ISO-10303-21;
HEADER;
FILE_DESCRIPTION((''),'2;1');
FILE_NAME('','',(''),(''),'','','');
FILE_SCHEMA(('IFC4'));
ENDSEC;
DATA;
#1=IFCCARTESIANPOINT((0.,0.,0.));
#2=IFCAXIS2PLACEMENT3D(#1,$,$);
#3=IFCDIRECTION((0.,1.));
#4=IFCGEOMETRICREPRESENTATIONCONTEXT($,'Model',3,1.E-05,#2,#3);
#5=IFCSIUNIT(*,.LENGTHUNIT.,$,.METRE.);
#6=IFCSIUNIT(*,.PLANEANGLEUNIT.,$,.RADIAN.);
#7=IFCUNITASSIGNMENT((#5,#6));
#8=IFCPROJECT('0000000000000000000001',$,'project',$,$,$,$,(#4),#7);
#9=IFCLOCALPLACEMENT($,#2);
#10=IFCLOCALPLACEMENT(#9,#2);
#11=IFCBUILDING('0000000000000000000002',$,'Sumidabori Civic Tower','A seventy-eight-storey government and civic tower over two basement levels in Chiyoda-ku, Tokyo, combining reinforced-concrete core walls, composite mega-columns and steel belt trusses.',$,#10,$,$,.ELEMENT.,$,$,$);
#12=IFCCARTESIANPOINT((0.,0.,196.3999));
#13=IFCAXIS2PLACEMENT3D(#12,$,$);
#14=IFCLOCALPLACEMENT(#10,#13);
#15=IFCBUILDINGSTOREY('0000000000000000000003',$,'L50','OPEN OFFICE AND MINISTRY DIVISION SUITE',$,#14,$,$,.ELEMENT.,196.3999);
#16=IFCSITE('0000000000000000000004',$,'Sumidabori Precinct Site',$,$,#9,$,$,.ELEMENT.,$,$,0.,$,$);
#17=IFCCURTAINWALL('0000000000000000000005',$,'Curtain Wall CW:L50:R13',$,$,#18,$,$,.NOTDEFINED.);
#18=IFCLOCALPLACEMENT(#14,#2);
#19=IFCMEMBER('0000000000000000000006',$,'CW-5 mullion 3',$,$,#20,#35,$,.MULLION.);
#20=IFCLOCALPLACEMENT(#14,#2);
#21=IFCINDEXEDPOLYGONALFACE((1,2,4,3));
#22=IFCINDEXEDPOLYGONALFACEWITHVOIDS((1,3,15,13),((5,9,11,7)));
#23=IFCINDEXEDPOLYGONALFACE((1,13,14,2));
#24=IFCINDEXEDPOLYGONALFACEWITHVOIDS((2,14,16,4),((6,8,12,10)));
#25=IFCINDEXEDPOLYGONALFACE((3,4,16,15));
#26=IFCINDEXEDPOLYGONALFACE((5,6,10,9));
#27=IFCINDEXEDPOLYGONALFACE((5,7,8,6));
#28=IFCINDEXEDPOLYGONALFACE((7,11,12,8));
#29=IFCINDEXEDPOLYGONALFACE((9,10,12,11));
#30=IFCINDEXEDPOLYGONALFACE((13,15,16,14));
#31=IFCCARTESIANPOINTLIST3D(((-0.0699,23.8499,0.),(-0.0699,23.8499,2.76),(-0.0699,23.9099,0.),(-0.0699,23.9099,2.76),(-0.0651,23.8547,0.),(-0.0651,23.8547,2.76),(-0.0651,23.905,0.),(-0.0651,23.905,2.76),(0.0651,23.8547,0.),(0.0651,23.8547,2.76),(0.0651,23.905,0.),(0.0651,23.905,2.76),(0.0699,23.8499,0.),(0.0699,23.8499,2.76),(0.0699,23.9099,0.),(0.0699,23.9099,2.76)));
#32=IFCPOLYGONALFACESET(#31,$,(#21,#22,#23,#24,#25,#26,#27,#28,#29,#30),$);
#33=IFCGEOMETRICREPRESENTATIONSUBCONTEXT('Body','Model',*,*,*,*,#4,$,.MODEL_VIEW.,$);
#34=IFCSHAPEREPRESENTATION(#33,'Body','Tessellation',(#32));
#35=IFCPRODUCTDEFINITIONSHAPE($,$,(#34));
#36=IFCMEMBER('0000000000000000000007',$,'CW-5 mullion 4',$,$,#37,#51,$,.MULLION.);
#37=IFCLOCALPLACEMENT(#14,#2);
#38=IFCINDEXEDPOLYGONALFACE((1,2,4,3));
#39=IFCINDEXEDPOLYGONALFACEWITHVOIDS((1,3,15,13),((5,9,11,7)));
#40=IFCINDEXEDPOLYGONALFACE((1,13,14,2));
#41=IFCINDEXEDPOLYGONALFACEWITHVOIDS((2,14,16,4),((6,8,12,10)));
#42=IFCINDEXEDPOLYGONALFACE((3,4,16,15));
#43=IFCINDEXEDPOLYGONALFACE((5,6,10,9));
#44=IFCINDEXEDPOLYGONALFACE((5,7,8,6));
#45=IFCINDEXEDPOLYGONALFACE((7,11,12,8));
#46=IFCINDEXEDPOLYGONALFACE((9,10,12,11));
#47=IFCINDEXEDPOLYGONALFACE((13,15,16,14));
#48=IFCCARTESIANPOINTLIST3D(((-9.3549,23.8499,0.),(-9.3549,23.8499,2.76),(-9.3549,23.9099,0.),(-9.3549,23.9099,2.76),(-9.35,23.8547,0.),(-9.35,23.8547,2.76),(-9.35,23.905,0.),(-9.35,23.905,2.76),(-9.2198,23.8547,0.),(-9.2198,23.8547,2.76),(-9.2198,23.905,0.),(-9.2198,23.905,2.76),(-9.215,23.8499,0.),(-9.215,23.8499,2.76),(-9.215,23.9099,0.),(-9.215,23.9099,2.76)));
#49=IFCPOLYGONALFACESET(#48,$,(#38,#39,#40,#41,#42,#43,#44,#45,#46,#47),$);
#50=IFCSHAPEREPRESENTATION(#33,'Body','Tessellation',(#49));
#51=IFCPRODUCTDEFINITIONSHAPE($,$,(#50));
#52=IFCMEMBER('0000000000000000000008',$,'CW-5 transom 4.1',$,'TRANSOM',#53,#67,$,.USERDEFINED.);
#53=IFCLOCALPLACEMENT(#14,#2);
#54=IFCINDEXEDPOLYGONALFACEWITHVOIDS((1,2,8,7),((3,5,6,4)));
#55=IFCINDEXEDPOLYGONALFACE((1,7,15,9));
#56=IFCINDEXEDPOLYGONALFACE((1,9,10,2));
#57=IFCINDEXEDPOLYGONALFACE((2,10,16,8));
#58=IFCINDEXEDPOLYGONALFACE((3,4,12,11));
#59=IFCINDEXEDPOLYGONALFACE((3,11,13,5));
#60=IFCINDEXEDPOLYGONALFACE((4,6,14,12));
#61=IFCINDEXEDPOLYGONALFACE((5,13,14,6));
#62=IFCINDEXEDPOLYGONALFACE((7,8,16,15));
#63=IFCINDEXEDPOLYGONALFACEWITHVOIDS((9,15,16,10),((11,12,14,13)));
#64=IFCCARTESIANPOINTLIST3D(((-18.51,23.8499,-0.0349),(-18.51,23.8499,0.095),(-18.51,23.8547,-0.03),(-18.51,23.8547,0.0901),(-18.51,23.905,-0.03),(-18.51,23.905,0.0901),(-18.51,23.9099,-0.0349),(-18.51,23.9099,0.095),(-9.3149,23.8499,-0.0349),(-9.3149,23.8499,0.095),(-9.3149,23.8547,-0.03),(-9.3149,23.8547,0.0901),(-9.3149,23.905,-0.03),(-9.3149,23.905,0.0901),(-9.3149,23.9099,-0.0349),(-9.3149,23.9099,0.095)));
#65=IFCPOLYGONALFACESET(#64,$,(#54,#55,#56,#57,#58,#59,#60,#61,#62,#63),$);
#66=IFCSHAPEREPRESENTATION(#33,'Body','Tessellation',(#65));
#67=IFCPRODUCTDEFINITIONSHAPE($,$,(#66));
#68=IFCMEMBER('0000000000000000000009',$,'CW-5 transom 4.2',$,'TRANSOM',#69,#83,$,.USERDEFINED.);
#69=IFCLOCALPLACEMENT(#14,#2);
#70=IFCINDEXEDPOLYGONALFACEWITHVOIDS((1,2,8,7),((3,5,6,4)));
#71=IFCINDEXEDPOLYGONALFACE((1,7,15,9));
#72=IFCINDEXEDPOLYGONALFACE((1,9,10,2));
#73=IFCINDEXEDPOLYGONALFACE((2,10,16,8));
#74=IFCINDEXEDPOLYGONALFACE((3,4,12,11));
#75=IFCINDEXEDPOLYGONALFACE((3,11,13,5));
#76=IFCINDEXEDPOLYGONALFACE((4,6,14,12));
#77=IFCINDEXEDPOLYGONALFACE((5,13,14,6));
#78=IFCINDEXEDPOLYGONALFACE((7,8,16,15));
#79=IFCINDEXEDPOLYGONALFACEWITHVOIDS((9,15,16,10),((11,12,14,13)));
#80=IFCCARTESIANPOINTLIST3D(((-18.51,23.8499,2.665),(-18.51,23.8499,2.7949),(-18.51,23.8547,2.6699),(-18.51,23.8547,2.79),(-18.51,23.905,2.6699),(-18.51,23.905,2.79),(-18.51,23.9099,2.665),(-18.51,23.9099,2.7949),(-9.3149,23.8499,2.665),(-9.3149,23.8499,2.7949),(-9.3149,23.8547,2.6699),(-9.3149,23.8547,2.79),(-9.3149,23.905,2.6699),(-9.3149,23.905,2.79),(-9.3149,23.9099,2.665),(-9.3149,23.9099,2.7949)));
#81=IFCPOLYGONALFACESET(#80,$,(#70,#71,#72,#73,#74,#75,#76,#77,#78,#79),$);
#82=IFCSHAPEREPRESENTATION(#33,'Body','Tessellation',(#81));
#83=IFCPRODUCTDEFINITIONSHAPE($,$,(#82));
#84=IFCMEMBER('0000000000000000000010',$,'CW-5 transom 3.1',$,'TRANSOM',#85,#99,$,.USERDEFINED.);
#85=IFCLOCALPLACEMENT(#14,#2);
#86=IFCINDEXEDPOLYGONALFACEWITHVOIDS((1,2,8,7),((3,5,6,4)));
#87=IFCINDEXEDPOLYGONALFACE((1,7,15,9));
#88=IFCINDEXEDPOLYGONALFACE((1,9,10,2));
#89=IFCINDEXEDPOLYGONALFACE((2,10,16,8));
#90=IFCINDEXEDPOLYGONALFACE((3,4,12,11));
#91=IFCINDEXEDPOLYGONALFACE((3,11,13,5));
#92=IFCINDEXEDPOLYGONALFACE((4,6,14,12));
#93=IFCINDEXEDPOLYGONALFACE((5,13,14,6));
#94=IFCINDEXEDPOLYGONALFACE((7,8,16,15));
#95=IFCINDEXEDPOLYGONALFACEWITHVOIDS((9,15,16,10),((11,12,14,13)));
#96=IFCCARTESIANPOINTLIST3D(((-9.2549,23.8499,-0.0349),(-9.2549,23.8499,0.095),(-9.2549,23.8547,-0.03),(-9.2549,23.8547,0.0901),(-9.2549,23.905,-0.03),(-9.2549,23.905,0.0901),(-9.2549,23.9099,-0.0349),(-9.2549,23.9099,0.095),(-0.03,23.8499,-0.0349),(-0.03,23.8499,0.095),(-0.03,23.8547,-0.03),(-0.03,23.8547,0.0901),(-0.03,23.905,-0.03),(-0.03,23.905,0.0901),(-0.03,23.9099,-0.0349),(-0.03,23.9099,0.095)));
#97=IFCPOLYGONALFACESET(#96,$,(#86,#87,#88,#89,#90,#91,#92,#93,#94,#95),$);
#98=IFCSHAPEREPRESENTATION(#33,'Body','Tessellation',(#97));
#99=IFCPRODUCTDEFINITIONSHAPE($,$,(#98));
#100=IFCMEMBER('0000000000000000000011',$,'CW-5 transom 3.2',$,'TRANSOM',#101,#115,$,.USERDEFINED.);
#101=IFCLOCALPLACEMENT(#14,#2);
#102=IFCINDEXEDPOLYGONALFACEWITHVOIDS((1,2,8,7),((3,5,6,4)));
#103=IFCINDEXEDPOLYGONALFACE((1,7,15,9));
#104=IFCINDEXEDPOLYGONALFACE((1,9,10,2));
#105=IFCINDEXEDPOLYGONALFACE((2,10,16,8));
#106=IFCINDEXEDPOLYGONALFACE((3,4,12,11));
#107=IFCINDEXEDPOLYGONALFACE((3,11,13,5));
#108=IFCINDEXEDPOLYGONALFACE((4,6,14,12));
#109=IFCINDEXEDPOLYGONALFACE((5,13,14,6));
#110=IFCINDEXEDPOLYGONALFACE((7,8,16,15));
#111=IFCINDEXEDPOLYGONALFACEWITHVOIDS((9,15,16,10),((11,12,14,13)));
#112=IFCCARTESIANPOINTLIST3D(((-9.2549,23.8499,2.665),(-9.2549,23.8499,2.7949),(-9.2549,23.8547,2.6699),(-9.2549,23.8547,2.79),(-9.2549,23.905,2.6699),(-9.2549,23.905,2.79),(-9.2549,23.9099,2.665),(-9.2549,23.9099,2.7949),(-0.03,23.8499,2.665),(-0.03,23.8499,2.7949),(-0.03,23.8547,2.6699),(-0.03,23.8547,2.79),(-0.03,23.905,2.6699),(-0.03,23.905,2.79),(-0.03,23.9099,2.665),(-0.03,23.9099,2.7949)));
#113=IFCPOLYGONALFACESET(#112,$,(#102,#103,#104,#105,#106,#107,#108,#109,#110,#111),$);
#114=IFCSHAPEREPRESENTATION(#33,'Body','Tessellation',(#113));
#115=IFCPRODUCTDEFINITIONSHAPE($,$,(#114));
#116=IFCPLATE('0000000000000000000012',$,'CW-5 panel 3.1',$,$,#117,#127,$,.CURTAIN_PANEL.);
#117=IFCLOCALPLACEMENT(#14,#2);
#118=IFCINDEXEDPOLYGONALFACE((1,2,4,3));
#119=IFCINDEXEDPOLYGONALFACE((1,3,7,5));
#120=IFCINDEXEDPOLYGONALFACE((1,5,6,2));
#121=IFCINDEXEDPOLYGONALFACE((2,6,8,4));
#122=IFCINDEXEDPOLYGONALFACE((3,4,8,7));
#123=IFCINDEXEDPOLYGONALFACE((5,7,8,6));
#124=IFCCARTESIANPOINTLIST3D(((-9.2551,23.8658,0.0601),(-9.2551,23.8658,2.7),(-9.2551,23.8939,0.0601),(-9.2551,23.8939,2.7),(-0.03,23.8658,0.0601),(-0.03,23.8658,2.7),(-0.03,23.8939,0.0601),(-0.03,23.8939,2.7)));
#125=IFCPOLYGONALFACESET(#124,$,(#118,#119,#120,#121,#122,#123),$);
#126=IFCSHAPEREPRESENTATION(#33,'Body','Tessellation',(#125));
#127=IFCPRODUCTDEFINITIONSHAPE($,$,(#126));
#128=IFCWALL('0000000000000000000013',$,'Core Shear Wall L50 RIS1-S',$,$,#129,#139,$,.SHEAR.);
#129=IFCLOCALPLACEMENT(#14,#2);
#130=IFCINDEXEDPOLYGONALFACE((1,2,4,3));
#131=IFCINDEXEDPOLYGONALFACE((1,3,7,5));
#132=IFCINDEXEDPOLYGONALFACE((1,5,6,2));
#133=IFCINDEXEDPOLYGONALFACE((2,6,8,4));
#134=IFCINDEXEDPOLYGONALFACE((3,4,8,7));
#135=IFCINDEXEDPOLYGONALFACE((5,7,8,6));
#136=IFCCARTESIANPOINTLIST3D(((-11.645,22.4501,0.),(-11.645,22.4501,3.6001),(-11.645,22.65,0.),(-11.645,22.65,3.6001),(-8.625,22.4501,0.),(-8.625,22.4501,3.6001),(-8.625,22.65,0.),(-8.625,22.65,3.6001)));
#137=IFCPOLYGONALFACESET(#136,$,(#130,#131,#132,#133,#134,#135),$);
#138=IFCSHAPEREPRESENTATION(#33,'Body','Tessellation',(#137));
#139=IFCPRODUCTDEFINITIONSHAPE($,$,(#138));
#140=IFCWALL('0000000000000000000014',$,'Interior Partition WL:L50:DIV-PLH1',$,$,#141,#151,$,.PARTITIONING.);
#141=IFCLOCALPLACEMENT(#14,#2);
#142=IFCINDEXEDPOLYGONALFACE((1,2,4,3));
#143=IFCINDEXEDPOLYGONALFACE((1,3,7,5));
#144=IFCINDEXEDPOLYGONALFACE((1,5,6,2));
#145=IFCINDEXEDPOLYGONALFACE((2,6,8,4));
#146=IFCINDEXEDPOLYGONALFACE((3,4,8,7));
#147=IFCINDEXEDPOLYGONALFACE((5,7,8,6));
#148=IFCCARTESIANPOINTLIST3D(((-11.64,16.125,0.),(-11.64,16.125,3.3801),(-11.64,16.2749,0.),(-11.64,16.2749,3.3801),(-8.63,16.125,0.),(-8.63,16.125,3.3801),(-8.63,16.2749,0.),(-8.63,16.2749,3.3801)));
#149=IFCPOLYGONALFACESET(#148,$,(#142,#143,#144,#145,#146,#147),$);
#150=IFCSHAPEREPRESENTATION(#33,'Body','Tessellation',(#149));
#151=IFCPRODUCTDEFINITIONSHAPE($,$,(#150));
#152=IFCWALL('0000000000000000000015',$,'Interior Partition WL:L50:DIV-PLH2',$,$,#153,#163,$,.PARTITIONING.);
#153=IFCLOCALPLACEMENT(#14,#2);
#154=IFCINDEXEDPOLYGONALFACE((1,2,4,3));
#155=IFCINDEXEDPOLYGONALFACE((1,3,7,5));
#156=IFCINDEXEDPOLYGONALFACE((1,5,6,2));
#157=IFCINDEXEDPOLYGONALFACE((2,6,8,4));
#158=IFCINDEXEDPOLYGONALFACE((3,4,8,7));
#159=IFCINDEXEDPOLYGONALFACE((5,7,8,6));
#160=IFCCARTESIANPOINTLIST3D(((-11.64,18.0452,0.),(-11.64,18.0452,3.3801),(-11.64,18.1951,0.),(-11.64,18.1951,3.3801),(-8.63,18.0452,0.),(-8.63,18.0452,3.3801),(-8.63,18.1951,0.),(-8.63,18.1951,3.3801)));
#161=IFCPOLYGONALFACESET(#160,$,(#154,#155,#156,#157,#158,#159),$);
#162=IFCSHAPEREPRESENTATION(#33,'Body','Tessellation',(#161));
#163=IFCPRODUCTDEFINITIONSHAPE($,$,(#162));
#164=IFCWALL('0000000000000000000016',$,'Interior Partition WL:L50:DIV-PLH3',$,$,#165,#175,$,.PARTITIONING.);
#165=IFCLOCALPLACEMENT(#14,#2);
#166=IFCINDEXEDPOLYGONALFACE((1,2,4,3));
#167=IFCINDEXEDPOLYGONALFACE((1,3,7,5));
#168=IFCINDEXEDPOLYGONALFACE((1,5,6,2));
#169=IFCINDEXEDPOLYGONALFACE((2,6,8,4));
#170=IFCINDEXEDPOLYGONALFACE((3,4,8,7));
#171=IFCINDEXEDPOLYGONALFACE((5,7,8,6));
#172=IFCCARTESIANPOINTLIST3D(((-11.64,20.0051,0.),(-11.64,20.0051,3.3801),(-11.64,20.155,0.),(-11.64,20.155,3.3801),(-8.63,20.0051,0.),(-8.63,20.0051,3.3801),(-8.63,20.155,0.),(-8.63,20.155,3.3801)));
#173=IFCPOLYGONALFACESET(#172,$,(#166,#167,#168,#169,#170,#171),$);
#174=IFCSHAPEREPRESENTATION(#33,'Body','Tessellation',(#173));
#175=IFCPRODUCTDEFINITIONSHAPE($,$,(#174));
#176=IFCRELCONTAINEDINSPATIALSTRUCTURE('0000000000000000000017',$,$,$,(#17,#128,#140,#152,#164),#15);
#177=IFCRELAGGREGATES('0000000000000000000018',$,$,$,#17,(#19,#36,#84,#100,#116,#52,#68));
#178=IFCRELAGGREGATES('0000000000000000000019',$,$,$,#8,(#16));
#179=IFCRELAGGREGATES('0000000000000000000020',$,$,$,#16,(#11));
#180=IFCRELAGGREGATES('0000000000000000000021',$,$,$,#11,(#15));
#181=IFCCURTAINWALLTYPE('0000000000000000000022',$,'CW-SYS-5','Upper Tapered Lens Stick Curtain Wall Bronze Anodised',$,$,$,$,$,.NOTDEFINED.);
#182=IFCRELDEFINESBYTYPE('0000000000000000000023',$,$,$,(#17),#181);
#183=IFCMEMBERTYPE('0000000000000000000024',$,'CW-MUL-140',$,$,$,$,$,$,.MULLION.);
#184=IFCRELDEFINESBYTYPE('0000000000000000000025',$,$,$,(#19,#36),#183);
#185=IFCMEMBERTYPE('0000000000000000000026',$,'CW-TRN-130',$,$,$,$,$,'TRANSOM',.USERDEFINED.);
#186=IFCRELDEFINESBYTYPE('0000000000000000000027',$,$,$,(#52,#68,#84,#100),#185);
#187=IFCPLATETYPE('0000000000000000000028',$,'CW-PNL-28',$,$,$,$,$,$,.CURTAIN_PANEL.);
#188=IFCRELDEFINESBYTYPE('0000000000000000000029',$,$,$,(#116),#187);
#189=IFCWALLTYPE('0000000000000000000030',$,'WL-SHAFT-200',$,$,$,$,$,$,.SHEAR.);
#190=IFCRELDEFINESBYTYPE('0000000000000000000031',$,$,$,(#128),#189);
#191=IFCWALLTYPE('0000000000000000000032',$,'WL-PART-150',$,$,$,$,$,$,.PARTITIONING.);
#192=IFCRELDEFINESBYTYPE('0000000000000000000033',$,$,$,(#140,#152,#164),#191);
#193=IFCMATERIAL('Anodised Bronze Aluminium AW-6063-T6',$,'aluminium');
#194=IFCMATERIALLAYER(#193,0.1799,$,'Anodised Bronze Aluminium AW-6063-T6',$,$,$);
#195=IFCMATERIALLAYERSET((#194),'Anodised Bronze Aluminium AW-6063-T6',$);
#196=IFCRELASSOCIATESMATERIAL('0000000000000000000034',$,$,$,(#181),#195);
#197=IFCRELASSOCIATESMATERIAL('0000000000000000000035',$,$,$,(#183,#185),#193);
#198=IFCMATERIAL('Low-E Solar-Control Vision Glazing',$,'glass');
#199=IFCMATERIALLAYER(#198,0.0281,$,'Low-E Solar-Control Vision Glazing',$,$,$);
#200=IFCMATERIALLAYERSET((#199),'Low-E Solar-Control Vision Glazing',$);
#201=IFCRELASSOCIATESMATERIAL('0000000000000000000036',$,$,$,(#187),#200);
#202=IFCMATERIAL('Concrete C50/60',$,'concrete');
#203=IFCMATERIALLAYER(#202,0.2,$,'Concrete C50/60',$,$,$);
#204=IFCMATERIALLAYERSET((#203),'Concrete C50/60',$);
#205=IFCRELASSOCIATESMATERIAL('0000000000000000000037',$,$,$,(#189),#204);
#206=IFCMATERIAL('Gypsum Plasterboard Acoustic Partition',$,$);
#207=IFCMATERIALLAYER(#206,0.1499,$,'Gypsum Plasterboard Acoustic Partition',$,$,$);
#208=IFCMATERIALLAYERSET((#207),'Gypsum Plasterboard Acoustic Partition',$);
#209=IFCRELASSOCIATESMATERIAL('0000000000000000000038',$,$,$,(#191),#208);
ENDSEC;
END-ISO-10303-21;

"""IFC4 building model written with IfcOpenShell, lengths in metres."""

from ifc_helpers import new_model, si_unit, direction, frame, frame_2d, origin, origin_2d, place, context, subcontext, project, spatial, rectangle, hollow_rectangle, extrude, source, transform, mapped, material, layer, layer_set, material_profile, profile_set, type_object, element, aggregate, save


model = new_model("IFC4")

# Units and contexts
model_context = context("Model", 3, precision=1e-05, world=origin(), true_north=direction((0.0, 1.0)))
body_context = subcontext(model_context, "Body", "Model", "MODEL_VIEW")
ifc_project = project(units=[si_unit("LENGTHUNIT", "METRE"), si_unit("PLANEANGLEUNIT", "RADIAN")], contexts=[model_context])

# Site, building, storey
site_placement = place(None, origin())
site = spatial("IfcSite", under=ifc_project, at=site_placement, Name="Sumidabori Precinct Site", CompositionType="ELEMENT", RefElevation=0.0)
building_placement = place(site_placement, origin())
building = spatial("IfcBuilding", under=site, at=building_placement, Name="Sumidabori Civic Tower", Description="A seventy-eight-storey government and civic tower over two basement levels in Chiyoda-ku, Tokyo, combining reinforced-concrete core walls, composite mega-columns and steel belt trusses.", CompositionType="ELEMENT")
storey_placement = place(building_placement, frame((0.0, 0.0, 196.3999)))
storey = spatial("IfcBuildingStorey", under=building, at=storey_placement, Name="L50", Description="OPEN OFFICE AND MINISTRY DIVISION SUITE", CompositionType="ELEMENT", Elevation=196.3999)

# Curtain wall, members, plate
ifc_material_1 = material(Name="Anodised Bronze Aluminium AW-6063-T6", Category="aluminium")
ifc_layer_1 = layer(ifc_material_1, 0.1799, Name="Anodised Bronze Aluminium AW-6063-T6")
ifc_layer_set_1 = layer_set([ifc_layer_1], Name="Anodised Bronze Aluminium AW-6063-T6")
curtain_wall_type = type_object("IfcCurtainWallType", Name="CW-SYS-5", Description="Upper Tapered Lens Stick Curtain Wall Bronze Anodised", PredefinedType="NOTDEFINED", material=ifc_layer_set_1)
curtain_wall_placement = place(storey_placement, origin())
curtain_wall = element("IfcCurtainWall", 1, at=curtain_wall_placement, inside=storey, type_object=curtain_wall_type, Name="Curtain Wall CW:L50:R13", PredefinedType="NOTDEFINED")
ifc_material_profile_1 = material_profile(ifc_material_1, hollow_rectangle(XDim=0.0601, YDim=0.1399, WallThickness=0.0049, at=origin_2d()), Name="ALU MULLION 140x60")
ifc_profile_set_1 = profile_set([ifc_material_profile_1], Name="Anodised Bronze Aluminium AW-6063-T6")
member_type_1 = type_object("IfcMemberType", Name="CW-MUL-140", PredefinedType="MULLION", material=ifc_profile_set_1)
shared_shape_1 = source(origin(), body_context, "Body", "SweptSolid", [
    extrude(hollow_rectangle(XDim=0.0601, YDim=0.1399, WallThickness=0.0049, at=origin_2d()), origin(), (0.0, 0.0, 1.0), 2.76),
])
member_1_placement = place(storey_placement, frame((0.0, 23.8799, 0.0), z_axis=(0.0, 0.0, 1.0), x_axis=(0.0, -1.0, 0.0)))
member_1 = element("IfcMember", 2, at=member_1_placement, type_object=member_type_1, Name="CW-5 mullion 3", PredefinedType="MULLION", context=body_context, shape_type="MappedRepresentation", body=[
    mapped(shared_shape_1, transform((0.0, 0.0, 0.0), x_axis=(1.0, 0.0, 0.0), y_axis=(0.0, 1.0, 0.0), z_axis=(0.0, 0.0, 1.0), scale=1.0)),
])
member_2_placement = place(storey_placement, frame((-9.2849, 23.8799, 0.0), z_axis=(0.0, 0.0, 1.0), x_axis=(0.0, -1.0, 0.0)))
member_2 = element("IfcMember", 3, at=member_2_placement, type_object=member_type_1, Name="CW-5 mullion 4", PredefinedType="MULLION", context=body_context, shape_type="MappedRepresentation", body=[
    mapped(shared_shape_1, transform((0.0, 0.0, 0.0), x_axis=(1.0, 0.0, 0.0), y_axis=(0.0, 1.0, 0.0), z_axis=(0.0, 0.0, 1.0), scale=1.0)),
])
ifc_material_profile_2 = material_profile(ifc_material_1, hollow_rectangle(XDim=0.0601, YDim=0.1299, WallThickness=0.0049, at=origin_2d()), Name="ALU TRANSOM 130x60")
ifc_profile_set_2 = profile_set([ifc_material_profile_2], Name="Anodised Bronze Aluminium AW-6063-T6")
member_type_2 = type_object("IfcMemberType", Name="CW-TRN-130", ElementType="TRANSOM", PredefinedType="USERDEFINED", material=ifc_profile_set_2)
shared_shape_2 = source(origin(), body_context, "Body", "SweptSolid", [
    extrude(hollow_rectangle(XDim=0.0601, YDim=0.1299, WallThickness=0.0049, at=origin_2d()), origin(), (0.0, 0.0, 1.0), 9.1951),
])
member_3_placement = place(storey_placement, frame((-9.3149, 23.8799, 0.03), z_axis=(-1.0, 0.0, 0.0), x_axis=(0.0, -1.0, 0.0)))
member_3 = element("IfcMember", 4, at=member_3_placement, type_object=member_type_2, Name="CW-5 transom 4.1", ObjectType="TRANSOM", PredefinedType="USERDEFINED", context=body_context, shape_type="MappedRepresentation", body=[
    mapped(shared_shape_2, transform((0.0, 0.0, 0.0), x_axis=(1.0, 0.0, 0.0), y_axis=(0.0, 1.0, 0.0), z_axis=(0.0, 0.0, 1.0), scale=1.0)),
])
member_4_placement = place(storey_placement, frame((-9.3149, 23.8799, 2.73), z_axis=(-1.0, 0.0, 0.0), x_axis=(0.0, -1.0, 0.0)))
member_4 = element("IfcMember", 5, at=member_4_placement, type_object=member_type_2, Name="CW-5 transom 4.2", ObjectType="TRANSOM", PredefinedType="USERDEFINED", context=body_context, shape_type="MappedRepresentation", body=[
    mapped(shared_shape_2, transform((0.0, 0.0, 0.0), x_axis=(1.0, 0.0, 0.0), y_axis=(0.0, 1.0, 0.0), z_axis=(0.0, 0.0, 1.0), scale=1.0)),
])
shared_shape_3 = source(origin(), body_context, "Body", "SweptSolid", [
    extrude(hollow_rectangle(XDim=0.0601, YDim=0.1299, WallThickness=0.0049, at=origin_2d()), origin(), (0.0, 0.0, 1.0), 9.2249),
])
member_5_placement = place(storey_placement, frame((-0.03, 23.8799, 0.03), z_axis=(-1.0, 0.0, 0.0), x_axis=(0.0, -1.0, 0.0)))
member_5 = element("IfcMember", 6, at=member_5_placement, type_object=member_type_2, Name="CW-5 transom 3.1", ObjectType="TRANSOM", PredefinedType="USERDEFINED", context=body_context, shape_type="MappedRepresentation", body=[
    mapped(shared_shape_3, transform((0.0, 0.0, 0.0), x_axis=(1.0, 0.0, 0.0), y_axis=(0.0, 1.0, 0.0), z_axis=(0.0, 0.0, 1.0), scale=1.0)),
])
member_6_placement = place(storey_placement, frame((-0.03, 23.8799, 2.73), z_axis=(-1.0, 0.0, 0.0), x_axis=(0.0, -1.0, 0.0)))
member_6 = element("IfcMember", 7, at=member_6_placement, type_object=member_type_2, Name="CW-5 transom 3.2", ObjectType="TRANSOM", PredefinedType="USERDEFINED", context=body_context, shape_type="MappedRepresentation", body=[
    mapped(shared_shape_3, transform((0.0, 0.0, 0.0), x_axis=(1.0, 0.0, 0.0), y_axis=(0.0, 1.0, 0.0), z_axis=(0.0, 0.0, 1.0), scale=1.0)),
])
ifc_material_2 = material(Name="Low-E Solar-Control Vision Glazing", Category="glass")
ifc_layer_2 = layer(ifc_material_2, 0.0281, Name="Low-E Solar-Control Vision Glazing")
ifc_layer_set_2 = layer_set([ifc_layer_2], Name="Low-E Solar-Control Vision Glazing")
plate_type = type_object("IfcPlateType", Name="CW-PNL-28", PredefinedType="CURTAIN_PANEL", material=ifc_layer_set_2)
shared_shape_4 = source(origin(), body_context, "Body", "SweptSolid", [
    extrude(rectangle(XDim=9.2251, YDim=0.0281, at=origin_2d()), origin(), (0.0, 0.0, 1.0), 2.6399),
])
plate_placement = place(storey_placement, frame((-4.6426, 23.8799, 0.0601), z_axis=(0.0, 0.0, 1.0), x_axis=(-1.0, 0.0, 0.0)))
plate = element("IfcPlate", 8, at=plate_placement, type_object=plate_type, Name="CW-5 panel 3.1", PredefinedType="CURTAIN_PANEL", context=body_context, shape_type="MappedRepresentation", body=[
    mapped(shared_shape_4, transform((0.0, 0.0, 0.0), x_axis=(1.0, 0.0, 0.0), y_axis=(0.0, 1.0, 0.0), z_axis=(0.0, 0.0, 1.0), scale=1.0)),
])
aggregate(curtain_wall, [member_1, member_2, member_5, member_6, plate, member_3, member_4])

# Walls
ifc_material_3 = material(Name="Concrete C50/60", Category="concrete")
ifc_layer_3 = layer(ifc_material_3, 0.2, Name="Concrete C50/60")
ifc_layer_set_3 = layer_set([ifc_layer_3], Name="Concrete C50/60")
wall_type_1 = type_object("IfcWallType", Name="WL-SHAFT-200", PredefinedType="SHEAR", material=ifc_layer_set_3)
shared_shape_5 = source(origin(), body_context, "Body", "SweptSolid", [
    extrude(rectangle(XDim=3.02, YDim=0.2, at=frame_2d((1.51, 0.0))), origin(), (0.0, 0.0, 1.0), 3.6001),
])
wall_1_placement = place(storey_placement, frame((-11.645, 22.55, 0.0), z_axis=(0.0, 0.0, 1.0), x_axis=(1.0, 0.0, 0.0)))
element("IfcWall", 9, at=wall_1_placement, inside=storey, type_object=wall_type_1, Name="Core Shear Wall L50 RIS1-S", PredefinedType="SHEAR", context=body_context, shape_type="MappedRepresentation", body=[
    mapped(shared_shape_5, transform((0.0, 0.0, 0.0), x_axis=(1.0, 0.0, 0.0), y_axis=(0.0, 1.0, 0.0), z_axis=(0.0, 0.0, 1.0), scale=1.0)),
])
ifc_material_4 = material(Name="Gypsum Plasterboard Acoustic Partition")
ifc_layer_4 = layer(ifc_material_4, 0.1499, Name="Gypsum Plasterboard Acoustic Partition")
ifc_layer_set_4 = layer_set([ifc_layer_4], Name="Gypsum Plasterboard Acoustic Partition")
wall_type_2 = type_object("IfcWallType", Name="WL-PART-150", PredefinedType="PARTITIONING", material=ifc_layer_set_4)
shared_shape_6 = source(origin(), body_context, "Body", "SweptSolid", [
    extrude(rectangle(XDim=3.01, YDim=0.1499, at=frame_2d((1.5049, 0.0))), origin(), (0.0, 0.0, 1.0), 3.3801),
])
for number, where, z_axis, x_axis, name in (
    (10, (-11.6399, 16.2, 0.0), (0.0, 0.0, 1.0), (1.0, 0.0, 0.0), "Interior Partition WL:L50:DIV-PLH1"),
    (11, (-11.6399, 18.1201, 0.0), (0.0, 0.0, 1.0), (1.0, 0.0, 0.0), "Interior Partition WL:L50:DIV-PLH2"),
    (12, (-11.6399, 20.0801, 0.0), (0.0, 0.0, 1.0), (1.0, 0.0, 0.0), "Interior Partition WL:L50:DIV-PLH3"),
):
    element("IfcWall", number, at=place(storey_placement, frame(where, z_axis=z_axis, x_axis=x_axis)), inside=storey, type_object=wall_type_2, Name=name, PredefinedType="PARTITIONING", context=body_context, shape_type="MappedRepresentation", body=[
        mapped(shared_shape_6, transform((0.0, 0.0, 0.0), x_axis=(1.0, 0.0, 0.0), y_axis=(0.0, 1.0, 0.0), z_axis=(0.0, 0.0, 1.0), scale=1.0)),
    ])

save(model, "model.ifc")
